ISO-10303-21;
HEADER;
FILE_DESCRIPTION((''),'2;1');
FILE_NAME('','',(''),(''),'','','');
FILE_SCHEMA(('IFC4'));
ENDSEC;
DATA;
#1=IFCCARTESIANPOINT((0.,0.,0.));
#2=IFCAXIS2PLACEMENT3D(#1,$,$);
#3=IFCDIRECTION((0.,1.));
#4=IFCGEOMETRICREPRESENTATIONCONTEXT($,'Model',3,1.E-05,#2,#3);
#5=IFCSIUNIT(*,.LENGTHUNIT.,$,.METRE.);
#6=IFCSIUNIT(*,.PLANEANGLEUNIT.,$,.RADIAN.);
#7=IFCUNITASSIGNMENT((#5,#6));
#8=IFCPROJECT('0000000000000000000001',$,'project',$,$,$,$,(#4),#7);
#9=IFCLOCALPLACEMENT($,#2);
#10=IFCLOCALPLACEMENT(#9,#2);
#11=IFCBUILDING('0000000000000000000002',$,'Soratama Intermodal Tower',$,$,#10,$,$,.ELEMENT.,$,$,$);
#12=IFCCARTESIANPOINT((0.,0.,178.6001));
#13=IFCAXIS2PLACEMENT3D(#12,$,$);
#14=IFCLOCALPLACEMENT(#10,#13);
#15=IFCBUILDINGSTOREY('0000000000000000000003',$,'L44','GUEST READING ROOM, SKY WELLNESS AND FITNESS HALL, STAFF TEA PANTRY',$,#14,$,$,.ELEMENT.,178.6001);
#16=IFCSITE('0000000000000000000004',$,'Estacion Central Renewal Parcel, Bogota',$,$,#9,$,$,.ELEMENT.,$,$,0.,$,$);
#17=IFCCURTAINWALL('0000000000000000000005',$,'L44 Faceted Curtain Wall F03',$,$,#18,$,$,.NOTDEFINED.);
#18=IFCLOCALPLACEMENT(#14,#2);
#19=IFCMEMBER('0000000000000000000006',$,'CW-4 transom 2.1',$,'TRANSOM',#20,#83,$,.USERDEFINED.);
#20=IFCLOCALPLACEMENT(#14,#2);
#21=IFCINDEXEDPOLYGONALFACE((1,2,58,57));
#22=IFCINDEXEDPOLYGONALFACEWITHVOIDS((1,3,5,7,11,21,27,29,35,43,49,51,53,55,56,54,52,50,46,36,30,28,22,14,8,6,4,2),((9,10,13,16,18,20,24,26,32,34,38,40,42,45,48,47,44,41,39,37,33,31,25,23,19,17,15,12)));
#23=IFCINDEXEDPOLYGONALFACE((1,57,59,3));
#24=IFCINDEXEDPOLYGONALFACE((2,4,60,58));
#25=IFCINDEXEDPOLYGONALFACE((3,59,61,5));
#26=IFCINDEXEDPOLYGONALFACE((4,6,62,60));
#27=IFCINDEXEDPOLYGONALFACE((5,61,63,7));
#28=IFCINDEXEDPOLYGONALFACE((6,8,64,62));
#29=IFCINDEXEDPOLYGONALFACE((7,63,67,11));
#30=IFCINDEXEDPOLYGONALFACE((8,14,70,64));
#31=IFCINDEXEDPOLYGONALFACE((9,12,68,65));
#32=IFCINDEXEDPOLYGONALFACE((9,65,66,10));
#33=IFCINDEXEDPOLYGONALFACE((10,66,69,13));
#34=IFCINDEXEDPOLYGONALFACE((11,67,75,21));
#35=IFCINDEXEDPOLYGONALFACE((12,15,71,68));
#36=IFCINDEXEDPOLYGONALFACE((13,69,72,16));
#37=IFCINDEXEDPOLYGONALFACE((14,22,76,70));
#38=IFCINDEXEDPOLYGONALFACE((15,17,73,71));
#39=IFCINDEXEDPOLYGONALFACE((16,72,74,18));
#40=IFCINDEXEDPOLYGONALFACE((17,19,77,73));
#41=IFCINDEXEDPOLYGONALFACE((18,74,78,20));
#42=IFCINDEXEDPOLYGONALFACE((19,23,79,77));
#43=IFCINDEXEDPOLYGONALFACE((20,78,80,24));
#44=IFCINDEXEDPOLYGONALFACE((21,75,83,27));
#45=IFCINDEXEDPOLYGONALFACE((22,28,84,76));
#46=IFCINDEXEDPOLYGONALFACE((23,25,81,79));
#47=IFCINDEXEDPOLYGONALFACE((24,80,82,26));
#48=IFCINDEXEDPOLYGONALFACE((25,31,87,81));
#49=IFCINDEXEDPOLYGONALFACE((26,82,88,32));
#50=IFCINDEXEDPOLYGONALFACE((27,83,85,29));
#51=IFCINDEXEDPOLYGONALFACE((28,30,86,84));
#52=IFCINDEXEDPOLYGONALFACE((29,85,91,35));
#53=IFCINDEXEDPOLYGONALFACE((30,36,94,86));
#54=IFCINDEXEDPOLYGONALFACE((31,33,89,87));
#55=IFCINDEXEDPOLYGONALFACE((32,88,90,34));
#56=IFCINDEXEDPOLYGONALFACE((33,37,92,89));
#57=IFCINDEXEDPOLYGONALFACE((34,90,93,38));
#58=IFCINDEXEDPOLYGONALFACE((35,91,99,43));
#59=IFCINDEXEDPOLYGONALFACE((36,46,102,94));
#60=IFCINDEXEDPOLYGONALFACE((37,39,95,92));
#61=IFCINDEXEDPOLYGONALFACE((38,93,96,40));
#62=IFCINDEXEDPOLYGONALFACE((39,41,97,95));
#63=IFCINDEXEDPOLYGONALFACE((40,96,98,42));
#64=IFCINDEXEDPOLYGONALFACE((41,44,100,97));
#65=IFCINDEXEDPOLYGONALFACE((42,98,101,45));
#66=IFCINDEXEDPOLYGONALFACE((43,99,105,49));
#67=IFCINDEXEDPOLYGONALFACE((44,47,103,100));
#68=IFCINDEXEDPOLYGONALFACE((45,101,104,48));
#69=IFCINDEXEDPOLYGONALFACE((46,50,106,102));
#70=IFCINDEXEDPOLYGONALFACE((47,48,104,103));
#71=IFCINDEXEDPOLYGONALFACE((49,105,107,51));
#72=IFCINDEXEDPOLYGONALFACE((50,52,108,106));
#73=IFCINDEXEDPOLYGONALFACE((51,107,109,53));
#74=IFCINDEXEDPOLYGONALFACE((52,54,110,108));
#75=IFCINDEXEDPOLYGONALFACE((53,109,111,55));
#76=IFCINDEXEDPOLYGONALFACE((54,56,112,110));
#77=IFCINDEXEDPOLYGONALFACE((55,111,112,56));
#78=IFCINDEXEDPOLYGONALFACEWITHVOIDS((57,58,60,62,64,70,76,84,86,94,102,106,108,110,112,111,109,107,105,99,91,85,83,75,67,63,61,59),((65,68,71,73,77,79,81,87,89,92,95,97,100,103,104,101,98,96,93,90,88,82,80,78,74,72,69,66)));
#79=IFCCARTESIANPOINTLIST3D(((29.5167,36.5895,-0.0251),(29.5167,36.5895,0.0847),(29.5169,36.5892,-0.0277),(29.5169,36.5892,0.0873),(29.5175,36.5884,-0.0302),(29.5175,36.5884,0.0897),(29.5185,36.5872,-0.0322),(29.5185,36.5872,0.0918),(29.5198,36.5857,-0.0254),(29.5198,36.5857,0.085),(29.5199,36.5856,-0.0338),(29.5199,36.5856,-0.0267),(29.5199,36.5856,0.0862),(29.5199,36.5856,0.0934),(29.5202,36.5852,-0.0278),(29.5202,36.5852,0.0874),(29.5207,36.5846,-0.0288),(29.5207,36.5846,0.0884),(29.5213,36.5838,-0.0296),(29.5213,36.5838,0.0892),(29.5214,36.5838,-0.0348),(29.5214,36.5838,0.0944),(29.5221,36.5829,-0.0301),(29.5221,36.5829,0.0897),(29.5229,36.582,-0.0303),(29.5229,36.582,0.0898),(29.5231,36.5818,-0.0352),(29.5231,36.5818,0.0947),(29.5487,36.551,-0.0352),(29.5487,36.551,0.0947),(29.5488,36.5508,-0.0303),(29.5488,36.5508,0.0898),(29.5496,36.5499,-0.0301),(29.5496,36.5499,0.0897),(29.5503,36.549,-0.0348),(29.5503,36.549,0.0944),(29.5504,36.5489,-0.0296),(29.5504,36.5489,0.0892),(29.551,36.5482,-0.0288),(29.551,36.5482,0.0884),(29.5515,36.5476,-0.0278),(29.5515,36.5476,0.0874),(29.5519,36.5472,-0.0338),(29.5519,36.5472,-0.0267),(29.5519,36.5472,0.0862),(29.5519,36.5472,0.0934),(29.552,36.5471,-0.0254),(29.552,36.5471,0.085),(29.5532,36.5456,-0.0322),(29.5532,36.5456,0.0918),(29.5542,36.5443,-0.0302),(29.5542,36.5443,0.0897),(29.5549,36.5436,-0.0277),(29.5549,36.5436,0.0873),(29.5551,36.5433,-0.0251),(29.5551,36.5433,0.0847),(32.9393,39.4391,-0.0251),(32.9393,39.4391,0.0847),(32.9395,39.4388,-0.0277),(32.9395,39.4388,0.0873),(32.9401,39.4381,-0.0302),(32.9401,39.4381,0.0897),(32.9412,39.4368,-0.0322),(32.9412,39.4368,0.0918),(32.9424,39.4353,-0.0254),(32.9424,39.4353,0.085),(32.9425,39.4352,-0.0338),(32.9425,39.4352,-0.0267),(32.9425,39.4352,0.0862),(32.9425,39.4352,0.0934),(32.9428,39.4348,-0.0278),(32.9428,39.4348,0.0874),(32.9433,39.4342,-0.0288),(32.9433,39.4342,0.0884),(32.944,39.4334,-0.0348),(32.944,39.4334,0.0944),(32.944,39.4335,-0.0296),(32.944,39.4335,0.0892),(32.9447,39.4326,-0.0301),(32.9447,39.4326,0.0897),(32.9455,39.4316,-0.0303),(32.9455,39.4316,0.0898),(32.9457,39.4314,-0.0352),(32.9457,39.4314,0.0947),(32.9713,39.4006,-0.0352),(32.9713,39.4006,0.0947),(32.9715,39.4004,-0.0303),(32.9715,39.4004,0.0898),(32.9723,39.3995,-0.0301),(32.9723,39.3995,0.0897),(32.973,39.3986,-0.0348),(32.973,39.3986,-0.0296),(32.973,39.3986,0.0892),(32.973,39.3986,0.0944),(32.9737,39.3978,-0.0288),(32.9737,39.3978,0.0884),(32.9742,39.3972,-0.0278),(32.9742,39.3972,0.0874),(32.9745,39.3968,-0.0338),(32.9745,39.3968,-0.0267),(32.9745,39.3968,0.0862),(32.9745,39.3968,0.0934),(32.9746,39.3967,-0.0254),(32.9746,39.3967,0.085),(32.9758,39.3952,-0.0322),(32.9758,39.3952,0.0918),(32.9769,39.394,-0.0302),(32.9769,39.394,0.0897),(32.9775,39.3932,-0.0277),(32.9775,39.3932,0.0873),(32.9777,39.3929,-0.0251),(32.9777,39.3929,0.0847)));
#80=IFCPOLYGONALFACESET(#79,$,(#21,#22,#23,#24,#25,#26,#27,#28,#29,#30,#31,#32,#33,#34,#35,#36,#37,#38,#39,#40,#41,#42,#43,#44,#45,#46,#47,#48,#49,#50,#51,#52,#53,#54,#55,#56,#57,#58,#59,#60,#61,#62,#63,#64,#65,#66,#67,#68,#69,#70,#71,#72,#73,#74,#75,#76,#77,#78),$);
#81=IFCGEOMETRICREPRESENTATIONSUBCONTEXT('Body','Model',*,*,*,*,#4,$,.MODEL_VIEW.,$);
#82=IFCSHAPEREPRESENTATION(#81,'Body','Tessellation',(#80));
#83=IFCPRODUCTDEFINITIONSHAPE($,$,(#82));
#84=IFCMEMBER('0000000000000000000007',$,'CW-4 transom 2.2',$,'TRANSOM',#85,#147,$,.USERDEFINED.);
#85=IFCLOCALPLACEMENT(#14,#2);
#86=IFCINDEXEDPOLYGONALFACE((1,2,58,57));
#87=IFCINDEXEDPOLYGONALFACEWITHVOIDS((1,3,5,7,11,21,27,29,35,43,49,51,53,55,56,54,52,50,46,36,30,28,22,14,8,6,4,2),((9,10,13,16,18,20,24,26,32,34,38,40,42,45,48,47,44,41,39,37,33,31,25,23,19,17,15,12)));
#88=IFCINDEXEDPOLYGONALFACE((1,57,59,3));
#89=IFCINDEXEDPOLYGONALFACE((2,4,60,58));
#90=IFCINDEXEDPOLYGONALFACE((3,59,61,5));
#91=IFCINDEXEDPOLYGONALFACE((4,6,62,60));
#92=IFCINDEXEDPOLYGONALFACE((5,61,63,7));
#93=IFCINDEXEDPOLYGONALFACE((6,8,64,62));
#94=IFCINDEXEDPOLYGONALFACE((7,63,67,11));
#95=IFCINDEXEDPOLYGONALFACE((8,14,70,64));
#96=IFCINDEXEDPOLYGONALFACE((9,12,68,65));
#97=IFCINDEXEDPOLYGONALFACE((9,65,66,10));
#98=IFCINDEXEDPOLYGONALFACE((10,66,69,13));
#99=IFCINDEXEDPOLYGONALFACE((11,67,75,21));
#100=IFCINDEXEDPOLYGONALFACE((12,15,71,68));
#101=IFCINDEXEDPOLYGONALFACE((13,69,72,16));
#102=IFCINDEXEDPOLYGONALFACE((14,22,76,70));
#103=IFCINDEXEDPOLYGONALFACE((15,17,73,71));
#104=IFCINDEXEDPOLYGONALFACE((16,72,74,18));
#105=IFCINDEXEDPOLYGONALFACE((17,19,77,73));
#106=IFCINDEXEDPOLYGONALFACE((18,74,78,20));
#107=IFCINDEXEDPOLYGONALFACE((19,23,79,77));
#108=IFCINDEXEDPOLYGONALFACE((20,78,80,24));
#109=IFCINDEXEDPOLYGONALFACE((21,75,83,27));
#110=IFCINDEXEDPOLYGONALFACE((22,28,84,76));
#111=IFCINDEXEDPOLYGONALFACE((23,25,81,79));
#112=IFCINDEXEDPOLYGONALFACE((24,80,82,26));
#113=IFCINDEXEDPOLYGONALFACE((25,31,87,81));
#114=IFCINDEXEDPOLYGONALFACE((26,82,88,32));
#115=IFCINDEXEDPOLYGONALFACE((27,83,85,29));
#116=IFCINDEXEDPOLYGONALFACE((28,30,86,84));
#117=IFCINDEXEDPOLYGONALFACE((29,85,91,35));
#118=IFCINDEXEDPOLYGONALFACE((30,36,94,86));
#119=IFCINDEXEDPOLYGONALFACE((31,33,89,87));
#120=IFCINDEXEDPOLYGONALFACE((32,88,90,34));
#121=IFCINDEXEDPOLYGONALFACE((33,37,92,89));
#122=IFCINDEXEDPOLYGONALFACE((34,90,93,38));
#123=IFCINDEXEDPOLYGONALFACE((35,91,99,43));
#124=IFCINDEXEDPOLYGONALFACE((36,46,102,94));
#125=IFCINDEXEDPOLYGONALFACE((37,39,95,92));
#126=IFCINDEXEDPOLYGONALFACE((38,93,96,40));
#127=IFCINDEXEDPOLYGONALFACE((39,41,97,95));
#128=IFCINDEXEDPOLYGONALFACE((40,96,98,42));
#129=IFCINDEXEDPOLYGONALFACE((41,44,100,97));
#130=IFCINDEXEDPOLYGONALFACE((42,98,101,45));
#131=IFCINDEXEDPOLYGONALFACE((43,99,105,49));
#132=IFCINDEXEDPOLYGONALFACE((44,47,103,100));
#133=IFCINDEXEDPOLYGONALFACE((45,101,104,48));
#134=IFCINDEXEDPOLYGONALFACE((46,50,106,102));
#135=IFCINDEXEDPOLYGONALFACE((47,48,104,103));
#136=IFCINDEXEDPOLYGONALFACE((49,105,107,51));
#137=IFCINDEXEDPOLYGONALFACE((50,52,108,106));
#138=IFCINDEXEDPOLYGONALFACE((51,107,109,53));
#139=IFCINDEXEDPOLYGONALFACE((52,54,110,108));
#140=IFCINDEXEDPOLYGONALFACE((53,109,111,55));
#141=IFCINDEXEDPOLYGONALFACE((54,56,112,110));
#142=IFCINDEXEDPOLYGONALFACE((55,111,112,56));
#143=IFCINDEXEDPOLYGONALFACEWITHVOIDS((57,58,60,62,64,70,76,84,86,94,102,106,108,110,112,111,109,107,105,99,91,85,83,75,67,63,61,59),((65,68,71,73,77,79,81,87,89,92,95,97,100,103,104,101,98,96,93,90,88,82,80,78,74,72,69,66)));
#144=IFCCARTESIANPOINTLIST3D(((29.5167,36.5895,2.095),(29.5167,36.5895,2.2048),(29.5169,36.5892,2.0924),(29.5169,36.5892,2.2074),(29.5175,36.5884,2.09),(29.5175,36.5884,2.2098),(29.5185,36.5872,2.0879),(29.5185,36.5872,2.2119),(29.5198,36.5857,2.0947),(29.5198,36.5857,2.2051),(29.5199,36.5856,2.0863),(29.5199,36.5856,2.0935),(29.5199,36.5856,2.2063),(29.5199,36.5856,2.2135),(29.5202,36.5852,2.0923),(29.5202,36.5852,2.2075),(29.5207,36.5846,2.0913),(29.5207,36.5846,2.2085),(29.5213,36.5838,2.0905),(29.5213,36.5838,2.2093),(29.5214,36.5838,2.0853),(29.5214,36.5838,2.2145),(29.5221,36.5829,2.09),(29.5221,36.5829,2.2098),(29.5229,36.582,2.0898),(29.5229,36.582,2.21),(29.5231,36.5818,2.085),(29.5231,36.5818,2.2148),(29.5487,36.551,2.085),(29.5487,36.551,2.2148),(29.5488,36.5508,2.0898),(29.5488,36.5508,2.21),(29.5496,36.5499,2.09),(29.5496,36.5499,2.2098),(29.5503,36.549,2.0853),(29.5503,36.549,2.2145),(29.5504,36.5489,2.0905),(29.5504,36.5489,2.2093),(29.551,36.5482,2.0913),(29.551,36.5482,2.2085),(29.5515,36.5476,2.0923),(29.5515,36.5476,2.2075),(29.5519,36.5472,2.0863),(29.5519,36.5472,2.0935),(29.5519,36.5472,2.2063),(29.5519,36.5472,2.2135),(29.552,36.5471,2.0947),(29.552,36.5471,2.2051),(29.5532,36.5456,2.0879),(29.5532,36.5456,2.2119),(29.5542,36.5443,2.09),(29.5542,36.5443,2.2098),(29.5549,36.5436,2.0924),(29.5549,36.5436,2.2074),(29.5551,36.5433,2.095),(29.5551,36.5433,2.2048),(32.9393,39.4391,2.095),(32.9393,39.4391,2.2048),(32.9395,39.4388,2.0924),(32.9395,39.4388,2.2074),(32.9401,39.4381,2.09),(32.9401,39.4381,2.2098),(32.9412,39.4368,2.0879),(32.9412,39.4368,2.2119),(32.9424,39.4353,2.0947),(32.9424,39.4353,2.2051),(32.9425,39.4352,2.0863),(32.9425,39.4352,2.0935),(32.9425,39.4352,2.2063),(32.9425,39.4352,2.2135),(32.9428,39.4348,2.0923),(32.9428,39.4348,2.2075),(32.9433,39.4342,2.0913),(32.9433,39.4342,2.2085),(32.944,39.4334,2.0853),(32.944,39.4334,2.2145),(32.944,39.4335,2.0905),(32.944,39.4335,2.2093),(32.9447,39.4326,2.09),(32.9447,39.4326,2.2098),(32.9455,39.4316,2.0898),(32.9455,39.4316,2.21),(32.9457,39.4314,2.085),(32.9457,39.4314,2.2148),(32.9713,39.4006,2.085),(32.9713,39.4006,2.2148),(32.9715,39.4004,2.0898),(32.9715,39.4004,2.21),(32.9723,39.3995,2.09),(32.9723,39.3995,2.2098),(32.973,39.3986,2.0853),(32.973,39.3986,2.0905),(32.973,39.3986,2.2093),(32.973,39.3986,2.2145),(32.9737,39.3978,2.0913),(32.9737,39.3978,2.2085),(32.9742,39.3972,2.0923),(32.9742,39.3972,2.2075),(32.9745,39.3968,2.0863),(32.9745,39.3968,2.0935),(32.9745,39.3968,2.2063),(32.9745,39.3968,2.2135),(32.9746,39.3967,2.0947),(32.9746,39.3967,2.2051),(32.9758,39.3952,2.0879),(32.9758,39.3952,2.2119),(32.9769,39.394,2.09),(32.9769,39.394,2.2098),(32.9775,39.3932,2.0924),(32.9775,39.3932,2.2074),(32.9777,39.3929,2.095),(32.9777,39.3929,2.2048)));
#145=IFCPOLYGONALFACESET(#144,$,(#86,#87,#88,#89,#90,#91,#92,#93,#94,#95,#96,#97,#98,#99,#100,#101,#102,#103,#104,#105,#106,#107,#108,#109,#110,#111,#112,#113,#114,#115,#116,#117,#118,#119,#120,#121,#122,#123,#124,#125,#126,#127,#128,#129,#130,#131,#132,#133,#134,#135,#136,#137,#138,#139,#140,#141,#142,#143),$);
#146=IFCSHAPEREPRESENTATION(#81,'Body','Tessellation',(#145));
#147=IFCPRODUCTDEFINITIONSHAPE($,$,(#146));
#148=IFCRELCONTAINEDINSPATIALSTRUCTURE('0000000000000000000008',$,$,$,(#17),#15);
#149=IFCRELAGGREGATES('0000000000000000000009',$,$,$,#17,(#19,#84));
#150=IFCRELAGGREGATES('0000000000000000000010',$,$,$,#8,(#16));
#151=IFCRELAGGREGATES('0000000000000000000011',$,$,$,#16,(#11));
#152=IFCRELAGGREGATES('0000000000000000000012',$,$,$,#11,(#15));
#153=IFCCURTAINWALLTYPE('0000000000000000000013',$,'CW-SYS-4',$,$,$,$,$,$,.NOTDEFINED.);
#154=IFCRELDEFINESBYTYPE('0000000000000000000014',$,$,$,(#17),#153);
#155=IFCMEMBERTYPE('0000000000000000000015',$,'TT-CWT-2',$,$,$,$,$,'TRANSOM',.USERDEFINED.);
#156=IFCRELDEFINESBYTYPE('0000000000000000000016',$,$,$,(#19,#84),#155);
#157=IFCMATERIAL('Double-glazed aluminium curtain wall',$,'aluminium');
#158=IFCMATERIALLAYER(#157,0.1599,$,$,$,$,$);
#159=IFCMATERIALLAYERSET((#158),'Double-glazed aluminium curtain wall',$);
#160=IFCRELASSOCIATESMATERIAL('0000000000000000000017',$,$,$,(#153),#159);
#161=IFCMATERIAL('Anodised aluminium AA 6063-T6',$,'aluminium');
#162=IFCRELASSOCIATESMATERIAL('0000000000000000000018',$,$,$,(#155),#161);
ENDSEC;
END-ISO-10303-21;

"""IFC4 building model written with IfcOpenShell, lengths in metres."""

from ifc_helpers import new_model, si_unit, direction, frame, origin, origin_2d, place, context, subcontext, project, spatial, hollow_rectangle, extrude, material, layer, layer_set, material_profile, profile_set, type_object, element, aggregate, save


model = new_model("IFC4")

# Units and contexts
model_context = context("Model", 3, precision=1e-05, world=origin(), true_north=direction((0.0, 1.0)))
body_context = subcontext(model_context, "Body", "Model", "MODEL_VIEW")
ifc_project = project(units=[si_unit("LENGTHUNIT", "METRE"), si_unit("PLANEANGLEUNIT", "RADIAN")], contexts=[model_context])

# Site, building, storey
site_placement = place(None, origin())
site = spatial("IfcSite", under=ifc_project, at=site_placement, Name="Estacion Central Renewal Parcel, Bogota", CompositionType="ELEMENT", RefElevation=0.0)
building_placement = place(site_placement, origin())
building = spatial("IfcBuilding", under=site, at=building_placement, Name="Soratama Intermodal Tower", CompositionType="ELEMENT")
storey_placement = place(building_placement, frame((0.0, 0.0, 178.6001)))
storey = spatial("IfcBuildingStorey", under=building, at=storey_placement, Name="L44", Description="GUEST READING ROOM, SKY WELLNESS AND FITNESS HALL, STAFF TEA PANTRY", CompositionType="ELEMENT", Elevation=178.6001)

# Curtain wall, members
ifc_material_1 = material(Name="Double-glazed aluminium curtain wall", Category="aluminium")
ifc_layer_1 = layer(ifc_material_1, 0.1599)
ifc_layer_set_1 = layer_set([ifc_layer_1], Name="Double-glazed aluminium curtain wall")
curtain_wall_type = type_object("IfcCurtainWallType", Name="CW-SYS-4", PredefinedType="NOTDEFINED", material=ifc_layer_set_1)
curtain_wall_placement = place(storey_placement, origin())
curtain_wall = element("IfcCurtainWall", 1, at=curtain_wall_placement, inside=storey, type_object=curtain_wall_type, Name="L44 Faceted Curtain Wall F03", PredefinedType="NOTDEFINED")
ifc_material_2 = material(Name="Anodised aluminium AA 6063-T6", Category="aluminium")
ifc_material_profile_1 = material_profile(ifc_material_2, hollow_rectangle(XDim=0.0601, YDim=0.1299, WallThickness=0.0049, InnerFilletRadius=0.0049, OuterFilletRadius=0.01, at=origin_2d()), Name="CWT130X60X5")
ifc_profile_set_1 = profile_set([ifc_material_profile_1], Name="Anodised aluminium AA 6063-T6")
member_type_1 = type_object("IfcMemberType", Name="TT-CWT-2", ElementType="TRANSOM", PredefinedType="USERDEFINED", material=ifc_profile_set_1)
member_1_placement = place(storey_placement, frame((32.9585, 39.416, 0.0298), z_axis=(-0.768504, -0.639845, 0.0), x_axis=(0.639845, -0.768504, 0.0)))
member_1 = element("IfcMember", 2, at=member_1_placement, type_object=member_type_1, Name="CW-4 transom 2.1", ObjectType="TRANSOM", PredefinedType="USERDEFINED", context=body_context, shape_type="SweptSolid", body=[
    extrude(hollow_rectangle(XDim=0.0601, YDim=0.1299, WallThickness=0.0049, InnerFilletRadius=0.0049, OuterFilletRadius=0.01, at=origin_2d()), origin(), (0.0, 0.0, 1.0), 4.4536),
])
member_2_placement = place(storey_placement, frame((32.9585, 39.416, 2.1499), z_axis=(-0.768504, -0.639845, 0.0), x_axis=(0.639845, -0.768504, 0.0)))
member_2 = element("IfcMember", 3, at=member_2_placement, type_object=member_type_1, Name="CW-4 transom 2.2", ObjectType="TRANSOM", PredefinedType="USERDEFINED", context=body_context, shape_type="SweptSolid", body=[
    extrude(hollow_rectangle(XDim=0.0601, YDim=0.1299, WallThickness=0.0049, InnerFilletRadius=0.0049, OuterFilletRadius=0.01, at=origin_2d()), origin(), (0.0, 0.0, 1.0), 4.4536),
])
aggregate(curtain_wall, [member_1, member_2])

save(model, "model.ifc")
